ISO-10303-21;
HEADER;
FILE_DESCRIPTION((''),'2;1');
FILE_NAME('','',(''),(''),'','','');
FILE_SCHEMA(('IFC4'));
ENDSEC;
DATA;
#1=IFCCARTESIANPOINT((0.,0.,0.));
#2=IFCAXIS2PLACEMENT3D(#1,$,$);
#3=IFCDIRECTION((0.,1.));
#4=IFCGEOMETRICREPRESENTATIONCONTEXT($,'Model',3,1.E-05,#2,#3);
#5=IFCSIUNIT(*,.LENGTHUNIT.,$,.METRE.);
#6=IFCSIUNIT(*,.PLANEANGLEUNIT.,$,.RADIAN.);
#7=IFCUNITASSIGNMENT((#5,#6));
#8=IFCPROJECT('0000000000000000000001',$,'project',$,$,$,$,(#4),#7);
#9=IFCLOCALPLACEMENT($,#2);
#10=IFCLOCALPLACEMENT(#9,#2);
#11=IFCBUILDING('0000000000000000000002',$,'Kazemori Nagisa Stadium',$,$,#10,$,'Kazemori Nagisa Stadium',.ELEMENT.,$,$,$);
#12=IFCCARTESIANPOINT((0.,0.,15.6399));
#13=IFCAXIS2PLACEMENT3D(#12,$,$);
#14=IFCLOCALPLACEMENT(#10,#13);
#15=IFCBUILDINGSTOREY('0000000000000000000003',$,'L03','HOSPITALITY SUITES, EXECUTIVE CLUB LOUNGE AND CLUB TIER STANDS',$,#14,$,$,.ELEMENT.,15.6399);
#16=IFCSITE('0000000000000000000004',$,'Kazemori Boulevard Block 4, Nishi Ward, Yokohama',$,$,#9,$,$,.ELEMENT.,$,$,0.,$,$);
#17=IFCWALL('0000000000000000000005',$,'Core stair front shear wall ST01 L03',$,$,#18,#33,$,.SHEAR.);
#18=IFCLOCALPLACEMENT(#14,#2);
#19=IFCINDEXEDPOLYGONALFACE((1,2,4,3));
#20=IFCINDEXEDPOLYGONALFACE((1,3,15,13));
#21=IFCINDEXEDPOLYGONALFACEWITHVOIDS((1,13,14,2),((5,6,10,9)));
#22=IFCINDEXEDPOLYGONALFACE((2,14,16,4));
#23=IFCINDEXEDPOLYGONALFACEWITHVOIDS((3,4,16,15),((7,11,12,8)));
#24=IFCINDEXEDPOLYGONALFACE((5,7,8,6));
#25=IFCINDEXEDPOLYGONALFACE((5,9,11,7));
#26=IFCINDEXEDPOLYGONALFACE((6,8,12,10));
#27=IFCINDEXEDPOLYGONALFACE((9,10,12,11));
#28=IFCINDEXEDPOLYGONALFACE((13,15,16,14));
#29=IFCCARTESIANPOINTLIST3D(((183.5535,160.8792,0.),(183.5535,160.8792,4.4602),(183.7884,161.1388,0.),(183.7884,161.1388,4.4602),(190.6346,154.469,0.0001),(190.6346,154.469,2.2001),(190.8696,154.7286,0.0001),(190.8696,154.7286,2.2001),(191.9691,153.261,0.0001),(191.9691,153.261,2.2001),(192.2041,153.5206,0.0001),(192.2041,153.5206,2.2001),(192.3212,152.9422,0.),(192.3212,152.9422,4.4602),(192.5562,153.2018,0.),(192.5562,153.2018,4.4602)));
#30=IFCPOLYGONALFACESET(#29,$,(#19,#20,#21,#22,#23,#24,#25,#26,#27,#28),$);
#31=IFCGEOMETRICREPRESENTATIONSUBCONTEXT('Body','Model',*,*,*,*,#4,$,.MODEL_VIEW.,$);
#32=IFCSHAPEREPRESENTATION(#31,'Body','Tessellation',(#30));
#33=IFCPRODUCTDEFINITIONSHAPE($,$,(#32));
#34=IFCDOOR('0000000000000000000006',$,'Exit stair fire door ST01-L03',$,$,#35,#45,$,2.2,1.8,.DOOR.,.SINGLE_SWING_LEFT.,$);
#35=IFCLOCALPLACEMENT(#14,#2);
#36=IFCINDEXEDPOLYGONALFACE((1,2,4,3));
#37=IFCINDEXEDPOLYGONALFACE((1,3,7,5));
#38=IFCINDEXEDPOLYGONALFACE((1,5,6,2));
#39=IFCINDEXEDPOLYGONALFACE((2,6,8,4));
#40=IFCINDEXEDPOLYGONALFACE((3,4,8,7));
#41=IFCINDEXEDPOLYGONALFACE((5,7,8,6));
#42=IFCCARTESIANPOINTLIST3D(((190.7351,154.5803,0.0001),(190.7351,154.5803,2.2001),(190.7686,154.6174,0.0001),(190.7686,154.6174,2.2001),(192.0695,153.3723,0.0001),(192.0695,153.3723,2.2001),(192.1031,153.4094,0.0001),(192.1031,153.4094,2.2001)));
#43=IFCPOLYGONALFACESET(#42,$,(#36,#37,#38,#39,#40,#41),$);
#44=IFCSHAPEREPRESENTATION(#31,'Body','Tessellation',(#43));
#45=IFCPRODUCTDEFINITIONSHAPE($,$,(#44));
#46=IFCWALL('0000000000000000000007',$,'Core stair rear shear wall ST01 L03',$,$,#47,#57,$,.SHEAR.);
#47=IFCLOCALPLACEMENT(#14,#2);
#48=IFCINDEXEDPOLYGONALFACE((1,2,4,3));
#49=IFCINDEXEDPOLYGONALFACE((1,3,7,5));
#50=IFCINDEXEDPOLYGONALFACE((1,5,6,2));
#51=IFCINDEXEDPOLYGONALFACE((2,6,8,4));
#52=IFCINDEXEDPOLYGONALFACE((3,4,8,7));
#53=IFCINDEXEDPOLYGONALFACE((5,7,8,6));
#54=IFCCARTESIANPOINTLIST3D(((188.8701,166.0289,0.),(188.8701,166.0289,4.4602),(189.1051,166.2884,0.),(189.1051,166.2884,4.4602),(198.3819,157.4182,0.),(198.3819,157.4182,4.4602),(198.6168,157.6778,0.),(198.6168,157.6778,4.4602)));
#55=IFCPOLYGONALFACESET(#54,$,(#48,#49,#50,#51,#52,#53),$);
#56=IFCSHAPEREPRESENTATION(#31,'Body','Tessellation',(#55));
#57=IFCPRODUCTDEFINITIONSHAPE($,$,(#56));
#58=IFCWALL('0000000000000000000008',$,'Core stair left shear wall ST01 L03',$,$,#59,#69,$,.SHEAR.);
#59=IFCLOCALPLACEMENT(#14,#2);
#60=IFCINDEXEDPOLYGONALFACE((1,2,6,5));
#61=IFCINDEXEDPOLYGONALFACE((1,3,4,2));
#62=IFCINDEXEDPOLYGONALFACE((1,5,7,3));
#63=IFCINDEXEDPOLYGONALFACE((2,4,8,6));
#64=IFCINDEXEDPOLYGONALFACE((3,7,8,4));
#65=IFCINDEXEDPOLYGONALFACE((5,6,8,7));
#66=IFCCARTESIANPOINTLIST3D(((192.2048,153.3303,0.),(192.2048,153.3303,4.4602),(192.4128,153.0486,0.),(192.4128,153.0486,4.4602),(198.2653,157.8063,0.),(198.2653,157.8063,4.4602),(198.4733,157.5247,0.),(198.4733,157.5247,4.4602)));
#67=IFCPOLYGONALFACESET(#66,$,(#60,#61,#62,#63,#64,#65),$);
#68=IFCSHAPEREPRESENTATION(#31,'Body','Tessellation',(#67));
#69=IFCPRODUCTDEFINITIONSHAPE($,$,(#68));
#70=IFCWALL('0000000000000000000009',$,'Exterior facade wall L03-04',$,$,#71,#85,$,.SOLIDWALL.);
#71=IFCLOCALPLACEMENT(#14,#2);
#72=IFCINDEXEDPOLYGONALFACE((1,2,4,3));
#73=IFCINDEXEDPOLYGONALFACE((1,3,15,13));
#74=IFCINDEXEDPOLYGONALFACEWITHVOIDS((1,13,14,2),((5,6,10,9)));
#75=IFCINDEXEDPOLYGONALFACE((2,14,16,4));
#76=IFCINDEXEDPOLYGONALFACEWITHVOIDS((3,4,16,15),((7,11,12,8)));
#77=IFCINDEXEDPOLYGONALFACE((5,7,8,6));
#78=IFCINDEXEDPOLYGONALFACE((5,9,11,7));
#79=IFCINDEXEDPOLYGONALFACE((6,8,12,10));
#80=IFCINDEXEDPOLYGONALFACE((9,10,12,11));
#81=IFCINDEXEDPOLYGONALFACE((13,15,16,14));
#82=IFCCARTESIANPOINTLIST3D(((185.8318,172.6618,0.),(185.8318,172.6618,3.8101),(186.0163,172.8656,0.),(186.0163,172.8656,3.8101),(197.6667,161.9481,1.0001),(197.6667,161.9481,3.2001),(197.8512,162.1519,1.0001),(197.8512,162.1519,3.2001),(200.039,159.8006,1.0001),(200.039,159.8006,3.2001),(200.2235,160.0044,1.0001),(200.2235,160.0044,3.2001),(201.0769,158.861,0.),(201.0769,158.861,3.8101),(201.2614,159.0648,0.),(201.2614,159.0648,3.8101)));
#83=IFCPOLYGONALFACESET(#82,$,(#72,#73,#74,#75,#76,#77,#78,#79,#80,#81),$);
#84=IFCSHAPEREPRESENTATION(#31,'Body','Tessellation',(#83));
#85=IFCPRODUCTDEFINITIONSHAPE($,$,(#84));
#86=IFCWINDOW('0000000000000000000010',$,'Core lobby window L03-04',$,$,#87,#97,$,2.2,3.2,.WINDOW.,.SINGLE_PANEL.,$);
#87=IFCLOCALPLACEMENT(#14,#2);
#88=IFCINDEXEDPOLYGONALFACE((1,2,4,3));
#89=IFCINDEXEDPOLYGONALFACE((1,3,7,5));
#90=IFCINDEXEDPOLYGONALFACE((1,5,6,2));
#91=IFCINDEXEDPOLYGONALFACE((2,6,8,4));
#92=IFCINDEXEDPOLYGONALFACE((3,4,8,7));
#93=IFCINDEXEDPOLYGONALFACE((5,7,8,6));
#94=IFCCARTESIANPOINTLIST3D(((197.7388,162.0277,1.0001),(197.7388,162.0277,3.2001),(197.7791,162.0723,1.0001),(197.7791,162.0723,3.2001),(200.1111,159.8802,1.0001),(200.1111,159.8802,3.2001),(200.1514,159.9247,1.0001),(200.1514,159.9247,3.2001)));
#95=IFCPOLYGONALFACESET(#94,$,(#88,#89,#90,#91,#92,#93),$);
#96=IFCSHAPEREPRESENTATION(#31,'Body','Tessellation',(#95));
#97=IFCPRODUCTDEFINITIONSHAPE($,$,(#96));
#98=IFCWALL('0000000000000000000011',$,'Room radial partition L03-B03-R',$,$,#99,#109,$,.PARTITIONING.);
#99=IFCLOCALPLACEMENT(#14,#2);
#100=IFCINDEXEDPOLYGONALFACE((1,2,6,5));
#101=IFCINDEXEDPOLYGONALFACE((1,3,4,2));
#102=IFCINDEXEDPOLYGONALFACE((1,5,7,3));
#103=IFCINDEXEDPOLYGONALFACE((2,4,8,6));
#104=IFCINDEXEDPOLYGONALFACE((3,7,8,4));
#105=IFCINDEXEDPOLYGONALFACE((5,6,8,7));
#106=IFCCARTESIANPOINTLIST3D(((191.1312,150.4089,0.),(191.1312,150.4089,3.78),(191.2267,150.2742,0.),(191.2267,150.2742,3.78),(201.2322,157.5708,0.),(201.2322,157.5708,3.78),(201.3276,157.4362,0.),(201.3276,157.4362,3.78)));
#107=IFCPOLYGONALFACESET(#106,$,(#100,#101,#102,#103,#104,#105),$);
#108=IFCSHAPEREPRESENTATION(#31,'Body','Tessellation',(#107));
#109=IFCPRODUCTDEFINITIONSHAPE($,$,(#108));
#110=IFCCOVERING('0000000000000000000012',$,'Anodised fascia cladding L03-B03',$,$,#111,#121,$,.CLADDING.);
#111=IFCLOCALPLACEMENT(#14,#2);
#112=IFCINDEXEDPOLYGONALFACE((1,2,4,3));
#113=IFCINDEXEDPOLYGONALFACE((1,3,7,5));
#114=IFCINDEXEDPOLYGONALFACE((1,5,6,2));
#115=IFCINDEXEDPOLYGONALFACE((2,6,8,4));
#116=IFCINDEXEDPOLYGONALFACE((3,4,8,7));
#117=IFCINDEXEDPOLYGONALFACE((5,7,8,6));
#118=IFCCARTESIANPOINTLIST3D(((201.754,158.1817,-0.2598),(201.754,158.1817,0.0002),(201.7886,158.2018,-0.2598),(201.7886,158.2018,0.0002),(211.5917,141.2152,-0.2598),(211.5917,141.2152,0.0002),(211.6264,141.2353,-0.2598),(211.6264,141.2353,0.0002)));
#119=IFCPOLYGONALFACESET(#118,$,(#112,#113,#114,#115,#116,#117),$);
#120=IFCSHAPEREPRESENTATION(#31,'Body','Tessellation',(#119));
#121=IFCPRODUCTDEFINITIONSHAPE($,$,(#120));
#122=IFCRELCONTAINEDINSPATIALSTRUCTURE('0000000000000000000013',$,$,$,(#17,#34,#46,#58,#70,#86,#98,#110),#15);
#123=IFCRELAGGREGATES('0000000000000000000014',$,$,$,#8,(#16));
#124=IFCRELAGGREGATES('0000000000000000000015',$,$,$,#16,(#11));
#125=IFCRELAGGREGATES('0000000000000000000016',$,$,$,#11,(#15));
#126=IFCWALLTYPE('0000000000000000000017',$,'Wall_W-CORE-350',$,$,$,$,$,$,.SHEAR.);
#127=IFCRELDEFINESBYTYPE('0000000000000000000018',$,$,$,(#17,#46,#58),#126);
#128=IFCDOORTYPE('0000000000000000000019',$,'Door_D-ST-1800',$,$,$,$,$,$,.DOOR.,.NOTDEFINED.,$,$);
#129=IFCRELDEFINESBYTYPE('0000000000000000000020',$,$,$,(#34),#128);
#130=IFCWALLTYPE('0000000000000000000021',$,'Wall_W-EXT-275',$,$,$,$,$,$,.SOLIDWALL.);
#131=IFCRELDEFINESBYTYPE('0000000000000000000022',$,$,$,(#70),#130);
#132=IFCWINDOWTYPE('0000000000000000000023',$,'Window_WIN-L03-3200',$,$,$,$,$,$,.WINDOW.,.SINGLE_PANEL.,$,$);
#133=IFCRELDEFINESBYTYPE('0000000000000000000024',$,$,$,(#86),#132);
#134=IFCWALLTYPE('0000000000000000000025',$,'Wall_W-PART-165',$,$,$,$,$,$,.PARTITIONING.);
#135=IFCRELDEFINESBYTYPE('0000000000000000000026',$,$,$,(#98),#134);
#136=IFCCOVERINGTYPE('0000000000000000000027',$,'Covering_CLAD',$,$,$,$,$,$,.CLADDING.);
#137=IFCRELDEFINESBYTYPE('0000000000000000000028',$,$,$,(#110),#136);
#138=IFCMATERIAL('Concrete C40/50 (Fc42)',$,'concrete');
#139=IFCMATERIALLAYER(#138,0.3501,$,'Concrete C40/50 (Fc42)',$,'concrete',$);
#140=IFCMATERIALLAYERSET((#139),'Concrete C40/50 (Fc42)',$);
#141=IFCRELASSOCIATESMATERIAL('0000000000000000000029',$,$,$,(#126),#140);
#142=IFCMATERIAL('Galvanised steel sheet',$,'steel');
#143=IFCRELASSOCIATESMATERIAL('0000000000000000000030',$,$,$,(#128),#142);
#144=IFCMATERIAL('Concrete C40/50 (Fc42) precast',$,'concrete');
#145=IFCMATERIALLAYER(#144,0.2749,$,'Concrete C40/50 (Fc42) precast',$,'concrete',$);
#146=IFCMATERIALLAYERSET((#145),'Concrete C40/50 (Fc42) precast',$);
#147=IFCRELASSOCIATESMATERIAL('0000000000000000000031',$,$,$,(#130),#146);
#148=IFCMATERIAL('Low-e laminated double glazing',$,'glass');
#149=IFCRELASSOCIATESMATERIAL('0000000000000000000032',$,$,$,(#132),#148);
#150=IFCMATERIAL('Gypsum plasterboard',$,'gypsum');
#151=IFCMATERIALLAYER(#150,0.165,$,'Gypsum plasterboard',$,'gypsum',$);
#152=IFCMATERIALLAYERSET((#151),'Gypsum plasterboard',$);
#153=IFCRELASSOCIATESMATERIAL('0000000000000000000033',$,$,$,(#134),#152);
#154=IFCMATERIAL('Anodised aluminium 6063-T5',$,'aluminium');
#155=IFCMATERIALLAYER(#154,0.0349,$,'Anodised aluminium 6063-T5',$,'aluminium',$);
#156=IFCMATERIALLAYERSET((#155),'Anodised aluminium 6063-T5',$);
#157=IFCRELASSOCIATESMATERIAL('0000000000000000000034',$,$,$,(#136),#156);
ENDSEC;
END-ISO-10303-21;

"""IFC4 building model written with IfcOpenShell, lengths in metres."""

from ifc_helpers import new_model, si_unit, direction, frame, frame_2d, origin, origin_2d, place, context, subcontext, project, spatial, rectangle, extrude, material, layer, layer_set, type_object, element, fill, save


model = new_model("IFC4")

# Units and contexts
model_context = context("Model", 3, precision=1e-05, world=origin(), true_north=direction((0.0, 1.0)))
body_context = subcontext(model_context, "Body", "Model", "MODEL_VIEW")
ifc_project = project(units=[si_unit("LENGTHUNIT", "METRE"), si_unit("PLANEANGLEUNIT", "RADIAN")], contexts=[model_context])

# Site, building, storey
site_placement = place(None, origin())
site = spatial("IfcSite", under=ifc_project, at=site_placement, Name="Kazemori Boulevard Block 4, Nishi Ward, Yokohama", CompositionType="ELEMENT", RefElevation=0.0)
building_placement = place(site_placement, origin())
building = spatial("IfcBuilding", under=site, at=building_placement, Name="Kazemori Nagisa Stadium", LongName="Kazemori Nagisa Stadium", CompositionType="ELEMENT")
storey_placement = place(building_placement, frame((0.0, 0.0, 15.6399)))
storey = spatial("IfcBuildingStorey", under=building, at=storey_placement, Name="L03", Description="HOSPITALITY SUITES, EXECUTIVE CLUB LOUNGE AND CLUB TIER STANDS", CompositionType="ELEMENT", Elevation=15.6399)

# Shared definitions
ifc_material_1 = material(Name="Concrete C40/50 (Fc42)", Category="concrete")

# Shared definitions
ifc_material_2 = material(Name="Anodised aluminium 6063-T5", Category="aluminium")
ifc_material_3 = material(Name="Low-e laminated double glazing", Category="glass")

# Wall, opening, door
ifc_layer_1 = layer(ifc_material_1, 0.3501, Name="Concrete C40/50 (Fc42)", Category="concrete")
ifc_layer_set_1 = layer_set([ifc_layer_1], Name="Concrete C40/50 (Fc42)")
wall_type_1 = type_object("IfcWallType", Name="Wall_W-CORE-350", PredefinedType="SHEAR", material=ifc_layer_set_1)
wall_1_placement = place(storey_placement, frame((192.4387, 153.072, 0.0), z_axis=(0.0, 0.0, 1.0), x_axis=(-0.741358, 0.67111, 0.0)))
wall_1 = element("IfcWall", 1, at=wall_1_placement, inside=storey, type_object=wall_type_1, Name="Core stair front shear wall ST01 L03", PredefinedType="SHEAR", context=body_context, shape_type="SweptSolid", body=[
    extrude(rectangle(XDim=11.8267, YDim=0.3501, at=frame_2d((5.9133, 0.0))), origin(), (0.0, 0.0, 1.0), 4.4602),
])
opening_1_placement = place(wall_1_placement, frame((0.4751, 0.0, 0.0)))
opening_1 = element("IfcOpeningElement", 2, at=opening_1_placement, cuts=wall_1, PredefinedType="OPENING", context=body_context, shape_type="SweptSolid", body=[
    extrude(rectangle(XDim=1.8, YDim=2.2, at=frame_2d((0.8999, 1.1001))), frame((0.0, 0.1851, 0.0), z_axis=(0.0, -1.0, 0.0), x_axis=(1.0, 0.0, 0.0)), (0.0, 0.0, 1.0), 0.3701),
])
ifc_material_4 = material(Name="Galvanised steel sheet", Category="steel")
door_type = type_object("IfcDoorType", Name="Door_D-ST-1800", OperationType="NOTDEFINED", PredefinedType="DOOR", material=ifc_material_4)
door_placement = place(opening_1_placement, frame((1.8, 0.0, 0.0), z_axis=(0.0, 0.0, 1.0), x_axis=(-1.0, 0.0, 0.0)))
door = element("IfcDoor", 3, at=door_placement, inside=storey, type_object=door_type, Name="Exit stair fire door ST01-L03", OperationType="SINGLE_SWING_LEFT", OverallHeight=2.2, OverallWidth=1.8, PredefinedType="DOOR", context=body_context, shape_type="SweptSolid", body=[
    extrude(rectangle(XDim=1.8, YDim=2.2, at=frame_2d((0.8999, 1.1001))), frame((0.0, 0.0249, 0.0), z_axis=(0.0, -1.0, 0.0), x_axis=(1.0, 0.0, 0.0)), (0.0, 0.0, 1.0), 0.05),
])
fill(opening_1, door)

# Walls
wall_2_placement = place(storey_placement, frame((198.4993, 157.5481, 0.0), z_axis=(0.0, 0.0, 1.0), x_axis=(-0.741351, 0.671117, 0.0)))
element("IfcWall", 4, at=wall_2_placement, inside=storey, type_object=wall_type_1, Name="Core stair rear shear wall ST01 L03", PredefinedType="SHEAR", context=body_context, shape_type="SweptSolid", body=[
    extrude(rectangle(XDim=12.8303, YDim=0.3501, at=frame_2d((6.415, 0.0))), origin(), (0.0, 0.0, 1.0), 4.4602),
])
wall_3_placement = place(storey_placement, frame((192.3088, 153.1895, 0.0), z_axis=(0.0, 0.0, 1.0), x_axis=(0.804396, 0.594094, 0.0)))
element("IfcWall", 5, at=wall_3_placement, inside=storey, type_object=wall_type_1, Name="Core stair left shear wall ST01 L03", PredefinedType="SHEAR", context=body_context, shape_type="SweptSolid", body=[
    extrude(rectangle(XDim=7.5342, YDim=0.3501, at=frame_2d((3.7671, 0.0))), origin(), (0.0, 0.0, 1.0), 4.4602),
])

# Wall, opening, window
ifc_material_5 = material(Name="Concrete C40/50 (Fc42) precast", Category="concrete")
ifc_layer_2 = layer(ifc_material_5, 0.2749, Name="Concrete C40/50 (Fc42) precast", Category="concrete")
ifc_layer_set_2 = layer_set([ifc_layer_2], Name="Concrete C40/50 (Fc42) precast")
wall_type_2 = type_object("IfcWallType", Name="Wall_W-EXT-275", PredefinedType="SOLIDWALL", material=ifc_layer_set_2)
wall_4_placement = place(storey_placement, frame((201.1692, 158.9629, 0.0), z_axis=(0.0, 0.0, 1.0), x_axis=(-0.741352, 0.671116, 0.0)))
wall_4 = element("IfcWall", 6, at=wall_4_placement, inside=storey, type_object=wall_type_2, Name="Exterior facade wall L03-04", PredefinedType="SOLIDWALL", context=body_context, shape_type="SweptSolid", body=[
    extrude(rectangle(XDim=20.564, YDim=0.2749, at=frame_2d((10.282, 0.0))), origin(), (0.0, 0.0, 1.0), 3.8101),
])
opening_2_placement = place(wall_4_placement, frame((1.3999, 0.0, 1.0)))
opening_2 = element("IfcOpeningElement", 7, at=opening_2_placement, cuts=wall_4, PredefinedType="OPENING", context=body_context, shape_type="SweptSolid", body=[
    extrude(rectangle(XDim=3.2, YDim=2.2, at=frame_2d((1.6001, 1.1001))), frame((0.0, 0.1475, 0.0), z_axis=(0.0, -1.0, 0.0), x_axis=(1.0, 0.0, 0.0)), (0.0, 0.0, 1.0), 0.2949),
])
window_type = type_object("IfcWindowType", Name="Window_WIN-L03-3200", PartitioningType="SINGLE_PANEL", PredefinedType="WINDOW", material=ifc_material_3)
window_placement = place(opening_2_placement, origin())
window = element("IfcWindow", 8, at=window_placement, inside=storey, type_object=window_type, Name="Core lobby window L03-04", OverallHeight=2.2, OverallWidth=3.2, PartitioningType="SINGLE_PANEL", PredefinedType="WINDOW", context=body_context, shape_type="SweptSolid", body=[
    extrude(rectangle(XDim=3.2, YDim=2.2, at=frame_2d((1.6001, 1.1001))), frame((0.0, 0.03, 0.0), z_axis=(0.0, -1.0, 0.0), x_axis=(1.0, 0.0, 0.0)), (0.0, 0.0, 1.0), 0.0601),
])
fill(opening_2, window)

# Wall
ifc_material_6 = material(Name="Gypsum plasterboard", Category="gypsum")
ifc_layer_3 = layer(ifc_material_6, 0.165, Name="Gypsum plasterboard", Category="gypsum")
ifc_layer_set_3 = layer_set([ifc_layer_3], Name="Gypsum plasterboard")
wall_type_3 = type_object("IfcWallType", Name="Wall_W-PART-165", PredefinedType="PARTITIONING", material=ifc_layer_set_3)
wall_5_placement = place(storey_placement, frame((191.179, 150.3416, 0.0), z_axis=(0.0, 0.0, 1.0), x_axis=(0.815754, 0.5784, 0.0)))
element("IfcWall", 9, at=wall_5_placement, inside=storey, type_object=wall_type_3, Name="Room radial partition L03-B03-R", PredefinedType="PARTITIONING", context=body_context, shape_type="SweptSolid", body=[
    extrude(rectangle(XDim=12.3823, YDim=0.165, at=frame_2d((6.1912, 0.0))), origin(), (0.0, 0.0, 1.0), 3.78),
])

# Covering
ifc_layer_4 = layer(ifc_material_2, 0.0349, Name="Anodised aluminium 6063-T5", Category="aluminium")
ifc_layer_set_4 = layer_set([ifc_layer_4], Name="Anodised aluminium 6063-T5")
covering_type = type_object("IfcCoveringType", Name="Covering_CLAD", PredefinedType="CLADDING", material=ifc_layer_set_4)
covering_placement = place(storey_placement, frame((206.6902, 149.7085, -0.2598), z_axis=(0.0, 0.0, 1.0), x_axis=(-0.501612, 0.865093, 0.0)))
element("IfcCovering", 10, at=covering_placement, inside=storey, type_object=covering_type, Name="Anodised fascia cladding L03-B03", PredefinedType="CLADDING", context=body_context, shape_type="SweptSolid", body=[
    extrude(rectangle(XDim=19.6123, YDim=0.04, at=origin_2d()), origin(), (0.0, 0.0, 1.0), 0.26),
])

save(model, "model.ifc")
